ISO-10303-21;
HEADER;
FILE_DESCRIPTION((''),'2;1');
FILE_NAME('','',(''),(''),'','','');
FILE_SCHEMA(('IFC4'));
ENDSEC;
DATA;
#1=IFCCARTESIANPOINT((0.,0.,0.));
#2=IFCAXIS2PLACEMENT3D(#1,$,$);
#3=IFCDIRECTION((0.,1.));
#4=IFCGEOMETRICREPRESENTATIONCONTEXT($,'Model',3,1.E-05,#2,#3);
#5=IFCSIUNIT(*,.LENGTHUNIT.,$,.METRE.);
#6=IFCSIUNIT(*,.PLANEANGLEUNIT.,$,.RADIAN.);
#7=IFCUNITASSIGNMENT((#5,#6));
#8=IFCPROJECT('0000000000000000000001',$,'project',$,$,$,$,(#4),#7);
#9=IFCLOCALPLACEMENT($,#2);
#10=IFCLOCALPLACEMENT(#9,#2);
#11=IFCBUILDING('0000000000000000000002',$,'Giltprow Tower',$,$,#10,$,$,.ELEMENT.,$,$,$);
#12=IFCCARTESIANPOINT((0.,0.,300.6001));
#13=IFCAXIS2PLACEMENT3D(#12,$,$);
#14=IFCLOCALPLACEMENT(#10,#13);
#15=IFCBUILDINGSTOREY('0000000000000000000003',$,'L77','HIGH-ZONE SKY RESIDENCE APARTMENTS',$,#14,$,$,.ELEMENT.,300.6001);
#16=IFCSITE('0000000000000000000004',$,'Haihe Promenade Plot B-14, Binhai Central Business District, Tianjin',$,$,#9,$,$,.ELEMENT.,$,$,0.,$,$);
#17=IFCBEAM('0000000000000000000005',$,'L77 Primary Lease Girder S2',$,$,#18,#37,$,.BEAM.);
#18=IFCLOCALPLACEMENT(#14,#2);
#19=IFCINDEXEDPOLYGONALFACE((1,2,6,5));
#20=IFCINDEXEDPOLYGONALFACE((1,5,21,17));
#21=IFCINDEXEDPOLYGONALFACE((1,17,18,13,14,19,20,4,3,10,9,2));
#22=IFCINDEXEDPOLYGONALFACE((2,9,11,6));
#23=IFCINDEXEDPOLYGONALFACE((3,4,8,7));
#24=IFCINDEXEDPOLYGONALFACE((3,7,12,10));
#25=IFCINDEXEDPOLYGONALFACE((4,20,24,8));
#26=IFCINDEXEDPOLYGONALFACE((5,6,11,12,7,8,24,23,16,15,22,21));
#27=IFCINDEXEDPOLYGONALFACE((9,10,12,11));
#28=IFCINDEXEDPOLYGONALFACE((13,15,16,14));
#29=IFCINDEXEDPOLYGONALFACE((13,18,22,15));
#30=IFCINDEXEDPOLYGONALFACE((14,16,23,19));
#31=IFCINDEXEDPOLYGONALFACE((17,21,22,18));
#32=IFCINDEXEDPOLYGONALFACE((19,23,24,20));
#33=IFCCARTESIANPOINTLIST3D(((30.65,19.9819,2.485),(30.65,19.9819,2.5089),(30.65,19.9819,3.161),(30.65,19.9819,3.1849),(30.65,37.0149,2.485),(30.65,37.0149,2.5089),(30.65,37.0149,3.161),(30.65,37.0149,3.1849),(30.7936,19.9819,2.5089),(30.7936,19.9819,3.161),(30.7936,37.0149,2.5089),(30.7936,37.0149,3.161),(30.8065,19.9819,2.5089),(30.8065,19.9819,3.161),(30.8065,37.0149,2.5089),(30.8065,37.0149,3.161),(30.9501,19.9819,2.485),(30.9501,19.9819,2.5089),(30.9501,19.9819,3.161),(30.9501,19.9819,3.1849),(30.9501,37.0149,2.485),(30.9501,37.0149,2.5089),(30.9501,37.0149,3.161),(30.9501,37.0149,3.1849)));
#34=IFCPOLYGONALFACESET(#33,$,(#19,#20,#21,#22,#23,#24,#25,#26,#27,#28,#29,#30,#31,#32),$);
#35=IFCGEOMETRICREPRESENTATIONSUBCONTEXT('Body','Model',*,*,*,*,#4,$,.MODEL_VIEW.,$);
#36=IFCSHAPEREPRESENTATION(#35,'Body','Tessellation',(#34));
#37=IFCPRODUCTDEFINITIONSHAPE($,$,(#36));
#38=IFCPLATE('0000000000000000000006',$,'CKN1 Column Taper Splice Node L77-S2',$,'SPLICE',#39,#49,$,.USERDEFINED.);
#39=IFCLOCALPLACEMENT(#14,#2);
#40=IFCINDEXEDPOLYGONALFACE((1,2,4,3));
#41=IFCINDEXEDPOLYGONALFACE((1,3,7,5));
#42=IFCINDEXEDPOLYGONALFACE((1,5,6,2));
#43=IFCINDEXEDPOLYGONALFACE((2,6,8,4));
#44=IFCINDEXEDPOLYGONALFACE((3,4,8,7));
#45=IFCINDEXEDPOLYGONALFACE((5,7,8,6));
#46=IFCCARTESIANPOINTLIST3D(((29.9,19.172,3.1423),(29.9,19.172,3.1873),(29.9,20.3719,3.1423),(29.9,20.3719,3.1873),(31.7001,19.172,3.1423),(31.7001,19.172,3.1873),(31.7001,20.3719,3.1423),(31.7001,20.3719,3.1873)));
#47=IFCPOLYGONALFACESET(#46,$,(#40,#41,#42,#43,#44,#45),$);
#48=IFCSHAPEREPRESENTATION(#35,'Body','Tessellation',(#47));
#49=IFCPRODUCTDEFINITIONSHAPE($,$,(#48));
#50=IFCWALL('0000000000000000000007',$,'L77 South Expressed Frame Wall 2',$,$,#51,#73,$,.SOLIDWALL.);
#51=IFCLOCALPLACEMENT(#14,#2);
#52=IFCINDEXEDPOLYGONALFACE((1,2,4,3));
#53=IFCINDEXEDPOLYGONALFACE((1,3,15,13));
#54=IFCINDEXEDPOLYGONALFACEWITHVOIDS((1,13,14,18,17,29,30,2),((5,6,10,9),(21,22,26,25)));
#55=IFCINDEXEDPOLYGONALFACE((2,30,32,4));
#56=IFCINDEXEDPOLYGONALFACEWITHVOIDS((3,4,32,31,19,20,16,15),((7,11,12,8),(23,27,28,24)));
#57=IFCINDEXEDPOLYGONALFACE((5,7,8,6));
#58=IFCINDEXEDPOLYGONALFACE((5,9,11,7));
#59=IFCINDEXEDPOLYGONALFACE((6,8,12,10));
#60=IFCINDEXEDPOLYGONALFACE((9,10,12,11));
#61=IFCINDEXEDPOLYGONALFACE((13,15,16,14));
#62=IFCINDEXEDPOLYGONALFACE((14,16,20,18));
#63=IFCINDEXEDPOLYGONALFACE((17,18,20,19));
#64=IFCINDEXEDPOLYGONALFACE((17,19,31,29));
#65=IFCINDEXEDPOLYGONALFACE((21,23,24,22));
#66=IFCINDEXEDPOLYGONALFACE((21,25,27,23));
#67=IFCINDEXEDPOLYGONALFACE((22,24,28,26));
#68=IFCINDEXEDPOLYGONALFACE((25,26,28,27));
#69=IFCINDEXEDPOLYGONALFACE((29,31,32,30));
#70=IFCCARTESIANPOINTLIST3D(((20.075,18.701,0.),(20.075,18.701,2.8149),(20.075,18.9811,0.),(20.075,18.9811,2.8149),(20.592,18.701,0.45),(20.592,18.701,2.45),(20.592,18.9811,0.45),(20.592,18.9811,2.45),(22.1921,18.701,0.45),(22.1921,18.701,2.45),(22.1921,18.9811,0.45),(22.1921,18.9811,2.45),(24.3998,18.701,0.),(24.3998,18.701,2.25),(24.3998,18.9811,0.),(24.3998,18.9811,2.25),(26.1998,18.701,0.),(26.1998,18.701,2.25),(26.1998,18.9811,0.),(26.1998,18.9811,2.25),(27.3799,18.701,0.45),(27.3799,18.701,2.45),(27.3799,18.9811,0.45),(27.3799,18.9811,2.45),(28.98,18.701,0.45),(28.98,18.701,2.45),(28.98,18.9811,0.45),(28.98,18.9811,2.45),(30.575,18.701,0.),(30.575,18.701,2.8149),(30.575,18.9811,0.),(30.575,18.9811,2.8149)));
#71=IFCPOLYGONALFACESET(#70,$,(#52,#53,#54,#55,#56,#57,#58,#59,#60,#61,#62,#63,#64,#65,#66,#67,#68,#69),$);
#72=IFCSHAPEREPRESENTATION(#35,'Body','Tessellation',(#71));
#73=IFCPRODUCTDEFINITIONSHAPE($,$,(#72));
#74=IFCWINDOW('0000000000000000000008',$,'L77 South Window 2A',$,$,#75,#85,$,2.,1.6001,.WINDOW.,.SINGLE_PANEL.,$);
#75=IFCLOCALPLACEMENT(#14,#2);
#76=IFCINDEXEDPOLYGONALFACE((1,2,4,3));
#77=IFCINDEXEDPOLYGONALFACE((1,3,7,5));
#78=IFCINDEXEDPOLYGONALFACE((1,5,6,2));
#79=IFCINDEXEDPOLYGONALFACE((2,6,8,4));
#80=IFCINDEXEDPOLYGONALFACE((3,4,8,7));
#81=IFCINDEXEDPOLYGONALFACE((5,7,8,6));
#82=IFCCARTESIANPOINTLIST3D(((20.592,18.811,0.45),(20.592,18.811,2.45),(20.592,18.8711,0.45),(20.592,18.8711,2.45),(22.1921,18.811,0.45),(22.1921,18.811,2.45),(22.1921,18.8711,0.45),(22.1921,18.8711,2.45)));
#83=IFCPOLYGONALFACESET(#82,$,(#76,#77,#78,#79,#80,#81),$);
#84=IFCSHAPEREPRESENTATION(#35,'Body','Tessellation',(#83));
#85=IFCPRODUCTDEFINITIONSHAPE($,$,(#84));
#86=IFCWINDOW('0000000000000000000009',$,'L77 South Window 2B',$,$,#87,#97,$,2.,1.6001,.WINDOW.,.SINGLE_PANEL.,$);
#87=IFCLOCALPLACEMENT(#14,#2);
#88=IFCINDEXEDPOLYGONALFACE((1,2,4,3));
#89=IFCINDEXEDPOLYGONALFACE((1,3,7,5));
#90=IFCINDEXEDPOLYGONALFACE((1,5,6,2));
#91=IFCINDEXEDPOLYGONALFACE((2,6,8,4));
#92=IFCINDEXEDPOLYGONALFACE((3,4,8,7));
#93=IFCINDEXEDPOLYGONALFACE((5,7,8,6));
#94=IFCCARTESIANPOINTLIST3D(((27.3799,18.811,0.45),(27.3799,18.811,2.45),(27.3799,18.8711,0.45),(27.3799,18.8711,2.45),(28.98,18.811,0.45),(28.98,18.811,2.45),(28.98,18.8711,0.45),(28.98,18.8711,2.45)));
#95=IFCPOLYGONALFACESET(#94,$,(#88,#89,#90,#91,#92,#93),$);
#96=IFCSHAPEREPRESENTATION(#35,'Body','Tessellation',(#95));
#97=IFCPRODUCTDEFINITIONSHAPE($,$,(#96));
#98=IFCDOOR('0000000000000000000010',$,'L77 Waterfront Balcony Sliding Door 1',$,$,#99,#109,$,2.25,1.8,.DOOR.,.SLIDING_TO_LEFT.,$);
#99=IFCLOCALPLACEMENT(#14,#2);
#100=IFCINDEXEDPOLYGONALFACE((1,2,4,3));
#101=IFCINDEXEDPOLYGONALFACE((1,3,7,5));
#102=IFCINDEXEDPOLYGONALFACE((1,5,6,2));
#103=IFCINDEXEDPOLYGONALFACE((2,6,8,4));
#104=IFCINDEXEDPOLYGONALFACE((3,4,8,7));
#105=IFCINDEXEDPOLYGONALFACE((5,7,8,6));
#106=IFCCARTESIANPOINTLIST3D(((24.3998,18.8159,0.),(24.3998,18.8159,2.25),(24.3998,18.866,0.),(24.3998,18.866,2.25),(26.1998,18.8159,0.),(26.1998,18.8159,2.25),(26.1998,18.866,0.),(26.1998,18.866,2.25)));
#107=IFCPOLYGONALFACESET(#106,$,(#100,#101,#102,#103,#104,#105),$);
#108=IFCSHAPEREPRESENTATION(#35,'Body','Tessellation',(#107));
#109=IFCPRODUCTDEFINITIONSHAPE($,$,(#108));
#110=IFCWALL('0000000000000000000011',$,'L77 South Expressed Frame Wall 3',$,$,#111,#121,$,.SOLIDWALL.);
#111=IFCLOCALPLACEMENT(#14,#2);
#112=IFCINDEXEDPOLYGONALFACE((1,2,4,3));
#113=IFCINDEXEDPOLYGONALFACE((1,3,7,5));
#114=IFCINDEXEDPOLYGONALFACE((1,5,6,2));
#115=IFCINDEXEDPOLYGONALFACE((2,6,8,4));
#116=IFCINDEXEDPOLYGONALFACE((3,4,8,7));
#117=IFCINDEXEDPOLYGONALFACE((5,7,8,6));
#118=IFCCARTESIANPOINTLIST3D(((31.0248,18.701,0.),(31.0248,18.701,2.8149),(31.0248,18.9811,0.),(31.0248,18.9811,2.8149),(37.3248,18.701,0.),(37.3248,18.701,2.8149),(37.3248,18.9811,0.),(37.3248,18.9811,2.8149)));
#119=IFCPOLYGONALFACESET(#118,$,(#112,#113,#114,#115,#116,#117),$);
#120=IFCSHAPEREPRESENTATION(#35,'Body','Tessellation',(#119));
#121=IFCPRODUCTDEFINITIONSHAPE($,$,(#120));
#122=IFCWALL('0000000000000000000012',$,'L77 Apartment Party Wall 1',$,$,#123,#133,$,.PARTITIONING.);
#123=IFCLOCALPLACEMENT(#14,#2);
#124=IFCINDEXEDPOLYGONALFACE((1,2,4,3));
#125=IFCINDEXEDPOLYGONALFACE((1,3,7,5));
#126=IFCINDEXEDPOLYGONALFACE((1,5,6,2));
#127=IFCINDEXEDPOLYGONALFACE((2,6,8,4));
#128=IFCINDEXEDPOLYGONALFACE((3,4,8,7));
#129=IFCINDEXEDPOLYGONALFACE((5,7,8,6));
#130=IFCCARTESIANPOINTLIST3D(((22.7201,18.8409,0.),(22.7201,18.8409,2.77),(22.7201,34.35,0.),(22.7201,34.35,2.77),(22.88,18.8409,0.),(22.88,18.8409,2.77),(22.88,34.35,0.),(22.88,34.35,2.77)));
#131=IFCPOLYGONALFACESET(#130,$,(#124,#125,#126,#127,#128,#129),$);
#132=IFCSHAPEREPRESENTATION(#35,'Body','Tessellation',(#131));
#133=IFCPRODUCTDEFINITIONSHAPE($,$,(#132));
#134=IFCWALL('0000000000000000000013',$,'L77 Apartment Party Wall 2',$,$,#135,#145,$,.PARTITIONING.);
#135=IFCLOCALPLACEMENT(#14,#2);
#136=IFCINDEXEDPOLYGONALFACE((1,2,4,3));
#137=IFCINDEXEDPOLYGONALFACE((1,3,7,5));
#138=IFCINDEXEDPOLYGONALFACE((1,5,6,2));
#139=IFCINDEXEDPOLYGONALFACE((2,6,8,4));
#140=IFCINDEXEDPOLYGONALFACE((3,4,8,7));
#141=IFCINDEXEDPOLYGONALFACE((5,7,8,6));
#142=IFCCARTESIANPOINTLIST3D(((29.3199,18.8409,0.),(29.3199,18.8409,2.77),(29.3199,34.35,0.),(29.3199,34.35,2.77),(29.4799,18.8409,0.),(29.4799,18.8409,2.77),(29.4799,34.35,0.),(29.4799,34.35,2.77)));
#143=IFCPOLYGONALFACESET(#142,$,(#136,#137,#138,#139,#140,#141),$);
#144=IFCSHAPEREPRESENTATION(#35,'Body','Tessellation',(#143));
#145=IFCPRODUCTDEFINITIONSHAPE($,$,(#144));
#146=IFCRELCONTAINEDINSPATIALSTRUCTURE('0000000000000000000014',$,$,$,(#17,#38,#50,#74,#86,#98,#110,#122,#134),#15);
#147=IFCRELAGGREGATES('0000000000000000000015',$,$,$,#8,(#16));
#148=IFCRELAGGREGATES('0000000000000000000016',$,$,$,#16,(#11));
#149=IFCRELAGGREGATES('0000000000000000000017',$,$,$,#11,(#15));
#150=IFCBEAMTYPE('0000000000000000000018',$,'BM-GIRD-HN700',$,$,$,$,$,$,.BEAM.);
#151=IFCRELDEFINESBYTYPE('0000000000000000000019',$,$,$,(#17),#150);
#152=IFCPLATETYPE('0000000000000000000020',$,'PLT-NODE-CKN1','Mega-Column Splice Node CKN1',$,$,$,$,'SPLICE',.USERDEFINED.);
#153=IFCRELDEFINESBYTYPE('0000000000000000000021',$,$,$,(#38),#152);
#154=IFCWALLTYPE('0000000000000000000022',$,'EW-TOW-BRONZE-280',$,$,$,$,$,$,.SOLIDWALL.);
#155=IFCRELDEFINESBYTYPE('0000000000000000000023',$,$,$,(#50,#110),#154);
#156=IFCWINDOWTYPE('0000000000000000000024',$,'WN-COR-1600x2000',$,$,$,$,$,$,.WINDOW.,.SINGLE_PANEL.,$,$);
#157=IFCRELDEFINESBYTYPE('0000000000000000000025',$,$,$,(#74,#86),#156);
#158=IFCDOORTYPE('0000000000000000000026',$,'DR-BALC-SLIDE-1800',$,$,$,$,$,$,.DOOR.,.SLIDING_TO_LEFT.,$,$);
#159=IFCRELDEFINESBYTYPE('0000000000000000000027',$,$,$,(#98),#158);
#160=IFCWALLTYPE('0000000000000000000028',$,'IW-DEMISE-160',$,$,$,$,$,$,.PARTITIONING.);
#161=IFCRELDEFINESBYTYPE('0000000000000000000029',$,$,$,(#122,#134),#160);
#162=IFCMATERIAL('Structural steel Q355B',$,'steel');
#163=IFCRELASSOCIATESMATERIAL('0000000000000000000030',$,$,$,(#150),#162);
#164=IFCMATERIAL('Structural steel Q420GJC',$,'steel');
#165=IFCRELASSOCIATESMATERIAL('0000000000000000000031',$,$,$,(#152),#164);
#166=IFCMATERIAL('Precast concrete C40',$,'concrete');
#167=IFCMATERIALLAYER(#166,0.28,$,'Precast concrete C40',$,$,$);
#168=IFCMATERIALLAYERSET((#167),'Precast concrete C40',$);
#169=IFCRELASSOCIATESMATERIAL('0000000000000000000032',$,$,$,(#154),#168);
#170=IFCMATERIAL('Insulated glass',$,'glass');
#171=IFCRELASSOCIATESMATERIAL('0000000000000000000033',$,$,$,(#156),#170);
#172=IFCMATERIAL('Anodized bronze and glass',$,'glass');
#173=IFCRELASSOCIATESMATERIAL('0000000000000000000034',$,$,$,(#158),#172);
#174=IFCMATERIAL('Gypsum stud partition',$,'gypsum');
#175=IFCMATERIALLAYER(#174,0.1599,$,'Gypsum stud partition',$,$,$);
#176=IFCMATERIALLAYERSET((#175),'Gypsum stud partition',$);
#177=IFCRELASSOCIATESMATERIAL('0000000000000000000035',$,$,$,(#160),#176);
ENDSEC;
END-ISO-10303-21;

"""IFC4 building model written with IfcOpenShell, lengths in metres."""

from ifc_helpers import new_model, si_unit, direction, frame, frame_2d, origin, origin_2d, place, context, subcontext, project, spatial, rectangle, i_section, extrude, source, transform, mapped, material, layer, layer_set, material_profile, profile_set, type_object, element, fill, save


model = new_model("IFC4")

# Units and contexts
model_context = context("Model", 3, precision=1e-05, world=origin(), true_north=direction((0.0, 1.0)))
body_context = subcontext(model_context, "Body", "Model", "MODEL_VIEW")
ifc_project = project(units=[si_unit("LENGTHUNIT", "METRE"), si_unit("PLANEANGLEUNIT", "RADIAN")], contexts=[model_context])

# Site, building, storey
site_placement = place(None, origin())
site = spatial("IfcSite", under=ifc_project, at=site_placement, Name="Haihe Promenade Plot B-14, Binhai Central Business District, Tianjin", CompositionType="ELEMENT", RefElevation=0.0)
building_placement = place(site_placement, origin())
building = spatial("IfcBuilding", under=site, at=building_placement, Name="Giltprow Tower", CompositionType="ELEMENT")
storey_placement = place(building_placement, frame((0.0, 0.0, 300.6001)))
storey = spatial("IfcBuildingStorey", under=building, at=storey_placement, Name="L77", Description="HIGH-ZONE SKY RESIDENCE APARTMENTS", CompositionType="ELEMENT", Elevation=300.6001)

# Shared definitions
ifc_material_1 = material(Name="Structural steel Q355B", Category="steel")

# Beam
ifc_material_profile_1 = material_profile(ifc_material_1, i_section(OverallWidth=0.3, OverallDepth=0.7, WebThickness=0.0129, FlangeThickness=0.0239, at=origin_2d()), Name="HN 700x300x13x24")
ifc_profile_set_1 = profile_set([ifc_material_profile_1], Name="Structural steel Q355B")
beam_type_1 = type_object("IfcBeamType", Name="BM-GIRD-HN700", PredefinedType="BEAM", material=ifc_profile_set_1)
shared_shape_1 = source(origin(), body_context, "Body", "SweptSolid", [
    extrude(i_section(OverallWidth=0.3, OverallDepth=0.7, WebThickness=0.0129, FlangeThickness=0.0239, at=origin_2d()), origin(), (0.0, 0.0, 1.0), 17.033),
])
for number, where, z_axis, x_axis, name in (
    (1, (30.8, 19.9819, 2.835), (0.0, 1.0, 0.0), (-1.0, 0.0, 0.0), "L77 Primary Lease Girder S2"),
):
    element("IfcBeam", number, at=place(storey_placement, frame(where, z_axis=z_axis, x_axis=x_axis)), inside=storey, type_object=beam_type_1, Name=name, PredefinedType="BEAM", context=body_context, shape_type="MappedRepresentation", body=[
        mapped(shared_shape_1, transform((0.0, 0.0, 0.0), x_axis=(1.0, 0.0, 0.0), y_axis=(0.0, 1.0, 0.0), z_axis=(0.0, 0.0, 1.0), scale=1.0)),
    ])

# Plate
ifc_material_2 = material(Name="Structural steel Q420GJC", Category="steel")
plate_type = type_object("IfcPlateType", Name="PLT-NODE-CKN1", Description="Mega-Column Splice Node CKN1", ElementType="SPLICE", PredefinedType="USERDEFINED", material=ifc_material_2)
shared_shape_2 = source(origin(), body_context, "Body", "SweptSolid", [
    extrude(rectangle(XDim=1.8, YDim=1.2, at=origin_2d()), origin(), (0.0, 0.0, 1.0), 0.0449),
])
plate_placement = place(storey_placement, frame((30.8, 19.772, 3.1423), z_axis=(0.0, 0.0, 1.0), x_axis=(1.0, 0.0, 0.0)))
element("IfcPlate", 2, at=plate_placement, inside=storey, type_object=plate_type, Name="CKN1 Column Taper Splice Node L77-S2", ObjectType="SPLICE", PredefinedType="USERDEFINED", context=body_context, shape_type="MappedRepresentation", body=[
    mapped(shared_shape_2, transform((0.0, 0.0, 0.0), x_axis=(1.0, 0.0, 0.0), y_axis=(0.0, 1.0, 0.0), z_axis=(0.0, 0.0, 1.0), scale=1.0)),
])

# Wall, openings, windows, door
ifc_material_3 = material(Name="Precast concrete C40", Category="concrete")
ifc_layer_1 = layer(ifc_material_3, 0.28, Name="Precast concrete C40")
ifc_layer_set_1 = layer_set([ifc_layer_1], Name="Precast concrete C40")
wall_type_1 = type_object("IfcWallType", Name="EW-TOW-BRONZE-280", PredefinedType="SOLIDWALL", material=ifc_layer_set_1)
wall_1_placement = place(storey_placement, frame((20.075, 18.8411, 0.0), z_axis=(0.0, 0.0, 1.0), x_axis=(1.0, 0.0, 0.0)))
wall_1 = element("IfcWall", 3, at=wall_1_placement, inside=storey, type_object=wall_type_1, Name="L77 South Expressed Frame Wall 2", PredefinedType="SOLIDWALL", context=body_context, shape_type="SweptSolid", body=[
    extrude(rectangle(XDim=10.5, YDim=0.28, at=frame_2d((5.25, 0.0))), origin(), (0.0, 0.0, 1.0), 2.8149),
])
opening_1_placement = place(wall_1_placement, frame((4.325, 0.0, 0.0)))
opening_1 = element("IfcOpeningElement", 4, at=opening_1_placement, cuts=wall_1, PredefinedType="OPENING", context=body_context, shape_type="SweptSolid", body=[
    extrude(rectangle(XDim=1.8, YDim=2.25, at=frame_2d((0.8999, 1.125))), frame((0.0, 0.1499, 0.0), z_axis=(0.0, -1.0, 0.0), x_axis=(1.0, 0.0, 0.0)), (0.0, 0.0, 1.0), 0.3),
])
opening_2_placement = place(wall_1_placement, frame((0.5171, 0.0, 0.45)))
opening_2 = element("IfcOpeningElement", 5, at=opening_2_placement, cuts=wall_1, PredefinedType="OPENING", context=body_context, shape_type="SweptSolid", body=[
    extrude(rectangle(XDim=1.6001, YDim=2.0, at=frame_2d((0.8, 1.0))), frame((0.0, 0.1499, 0.0), z_axis=(0.0, -1.0, 0.0), x_axis=(1.0, 0.0, 0.0)), (0.0, 0.0, 1.0), 0.3),
])
opening_3_placement = place(wall_1_placement, frame((7.3049, 0.0, 0.45)))
opening_3 = element("IfcOpeningElement", 6, at=opening_3_placement, cuts=wall_1, PredefinedType="OPENING", context=body_context, shape_type="SweptSolid", body=[
    extrude(rectangle(XDim=1.6001, YDim=2.0, at=frame_2d((0.8, 1.0))), frame((0.0, 0.1499, 0.0), z_axis=(0.0, -1.0, 0.0), x_axis=(1.0, 0.0, 0.0)), (0.0, 0.0, 1.0), 0.3),
])
ifc_material_4 = material(Name="Insulated glass", Category="glass")
window_type = type_object("IfcWindowType", Name="WN-COR-1600x2000", PartitioningType="SINGLE_PANEL", PredefinedType="WINDOW", material=ifc_material_4)
shared_shape_3 = source(origin(), body_context, "Body", "SweptSolid", [
    extrude(rectangle(XDim=1.6001, YDim=2.0, at=frame_2d((0.8, 1.0))), frame((0.0, 0.03, 0.0), z_axis=(0.0, -1.0, 0.0), x_axis=(1.0, 0.0, 0.0)), (0.0, 0.0, 1.0), 0.0601),
])
window_1_placement = place(opening_2_placement, origin())
window_1 = element("IfcWindow", 7, at=window_1_placement, inside=storey, type_object=window_type, Name="L77 South Window 2A", OverallHeight=2.0, OverallWidth=1.6001, PartitioningType="SINGLE_PANEL", PredefinedType="WINDOW", context=body_context, shape_type="MappedRepresentation", body=[
    mapped(shared_shape_3, transform((0.0, 0.0, 0.0), x_axis=(1.0, 0.0, 0.0), y_axis=(0.0, 1.0, 0.0), z_axis=(0.0, 0.0, 1.0), scale=1.0)),
])
fill(opening_2, window_1)
window_2_placement = place(opening_3_placement, origin())
window_2 = element("IfcWindow", 8, at=window_2_placement, inside=storey, type_object=window_type, Name="L77 South Window 2B", OverallHeight=2.0, OverallWidth=1.6001, PartitioningType="SINGLE_PANEL", PredefinedType="WINDOW", context=body_context, shape_type="MappedRepresentation", body=[
    mapped(shared_shape_3, transform((0.0, 0.0, 0.0), x_axis=(1.0, 0.0, 0.0), y_axis=(0.0, 1.0, 0.0), z_axis=(0.0, 0.0, 1.0), scale=1.0)),
])
fill(opening_3, window_2)
ifc_material_5 = material(Name="Anodized bronze and glass", Category="glass")
door_type_1 = type_object("IfcDoorType", Name="DR-BALC-SLIDE-1800", OperationType="SLIDING_TO_LEFT", PredefinedType="DOOR", material=ifc_material_5)
shared_shape_4 = source(origin(), body_context, "Body", "SweptSolid", [
    extrude(rectangle(XDim=1.8, YDim=2.25, at=frame_2d((0.8999, 1.125))), frame((0.0, 0.0249, 0.0), z_axis=(0.0, -1.0, 0.0), x_axis=(1.0, 0.0, 0.0)), (0.0, 0.0, 1.0), 0.05),
])
door_1_placement = place(opening_1_placement, origin())
door_1 = element("IfcDoor", 9, at=door_1_placement, inside=storey, type_object=door_type_1, Name="L77 Waterfront Balcony Sliding Door 1", OperationType="SLIDING_TO_LEFT", OverallHeight=2.25, OverallWidth=1.8, PredefinedType="DOOR", context=body_context, shape_type="MappedRepresentation", body=[
    mapped(shared_shape_4, transform((0.0, 0.0, 0.0), x_axis=(1.0, 0.0, 0.0), y_axis=(0.0, 1.0, 0.0), z_axis=(0.0, 0.0, 1.0), scale=1.0)),
])
fill(opening_1, door_1)

# Walls
wall_2_placement = place(storey_placement, frame((31.0249, 18.8411, 0.0), z_axis=(0.0, 0.0, 1.0), x_axis=(1.0, 0.0, 0.0)))
element("IfcWall", 10, at=wall_2_placement, inside=storey, type_object=wall_type_1, Name="L77 South Expressed Frame Wall 3", PredefinedType="SOLIDWALL", context=body_context, shape_type="SweptSolid", body=[
    extrude(rectangle(XDim=6.3, YDim=0.28, at=frame_2d((3.1499, 0.0))), origin(), (0.0, 0.0, 1.0), 2.8149),
])
ifc_material_6 = material(Name="Gypsum stud partition", Category="gypsum")
ifc_layer_2 = layer(ifc_material_6, 0.1599, Name="Gypsum stud partition")
ifc_layer_set_2 = layer_set([ifc_layer_2], Name="Gypsum stud partition")
wall_type_2 = type_object("IfcWallType", Name="IW-DEMISE-160", PredefinedType="PARTITIONING", material=ifc_layer_set_2)
for number, where, z_axis, x_axis, name in (
    (11, (22.8, 18.8411, 0.0), (0.0, 0.0, 1.0), (0.0, 1.0, 0.0), "L77 Apartment Party Wall 1"),
    (12, (29.3999, 18.8411, 0.0), (0.0, 0.0, 1.0), (0.0, 1.0, 0.0), "L77 Apartment Party Wall 2"),
):
    element("IfcWall", number, at=place(storey_placement, frame(where, z_axis=z_axis, x_axis=x_axis)), inside=storey, type_object=wall_type_2, Name=name, PredefinedType="PARTITIONING", context=body_context, shape_type="SweptSolid", body=[
        extrude(rectangle(XDim=15.509, YDim=0.1599, at=frame_2d((7.7544, 0.0))), origin(), (0.0, 0.0, 1.0), 2.77),
    ])

save(model, "model.ifc")
